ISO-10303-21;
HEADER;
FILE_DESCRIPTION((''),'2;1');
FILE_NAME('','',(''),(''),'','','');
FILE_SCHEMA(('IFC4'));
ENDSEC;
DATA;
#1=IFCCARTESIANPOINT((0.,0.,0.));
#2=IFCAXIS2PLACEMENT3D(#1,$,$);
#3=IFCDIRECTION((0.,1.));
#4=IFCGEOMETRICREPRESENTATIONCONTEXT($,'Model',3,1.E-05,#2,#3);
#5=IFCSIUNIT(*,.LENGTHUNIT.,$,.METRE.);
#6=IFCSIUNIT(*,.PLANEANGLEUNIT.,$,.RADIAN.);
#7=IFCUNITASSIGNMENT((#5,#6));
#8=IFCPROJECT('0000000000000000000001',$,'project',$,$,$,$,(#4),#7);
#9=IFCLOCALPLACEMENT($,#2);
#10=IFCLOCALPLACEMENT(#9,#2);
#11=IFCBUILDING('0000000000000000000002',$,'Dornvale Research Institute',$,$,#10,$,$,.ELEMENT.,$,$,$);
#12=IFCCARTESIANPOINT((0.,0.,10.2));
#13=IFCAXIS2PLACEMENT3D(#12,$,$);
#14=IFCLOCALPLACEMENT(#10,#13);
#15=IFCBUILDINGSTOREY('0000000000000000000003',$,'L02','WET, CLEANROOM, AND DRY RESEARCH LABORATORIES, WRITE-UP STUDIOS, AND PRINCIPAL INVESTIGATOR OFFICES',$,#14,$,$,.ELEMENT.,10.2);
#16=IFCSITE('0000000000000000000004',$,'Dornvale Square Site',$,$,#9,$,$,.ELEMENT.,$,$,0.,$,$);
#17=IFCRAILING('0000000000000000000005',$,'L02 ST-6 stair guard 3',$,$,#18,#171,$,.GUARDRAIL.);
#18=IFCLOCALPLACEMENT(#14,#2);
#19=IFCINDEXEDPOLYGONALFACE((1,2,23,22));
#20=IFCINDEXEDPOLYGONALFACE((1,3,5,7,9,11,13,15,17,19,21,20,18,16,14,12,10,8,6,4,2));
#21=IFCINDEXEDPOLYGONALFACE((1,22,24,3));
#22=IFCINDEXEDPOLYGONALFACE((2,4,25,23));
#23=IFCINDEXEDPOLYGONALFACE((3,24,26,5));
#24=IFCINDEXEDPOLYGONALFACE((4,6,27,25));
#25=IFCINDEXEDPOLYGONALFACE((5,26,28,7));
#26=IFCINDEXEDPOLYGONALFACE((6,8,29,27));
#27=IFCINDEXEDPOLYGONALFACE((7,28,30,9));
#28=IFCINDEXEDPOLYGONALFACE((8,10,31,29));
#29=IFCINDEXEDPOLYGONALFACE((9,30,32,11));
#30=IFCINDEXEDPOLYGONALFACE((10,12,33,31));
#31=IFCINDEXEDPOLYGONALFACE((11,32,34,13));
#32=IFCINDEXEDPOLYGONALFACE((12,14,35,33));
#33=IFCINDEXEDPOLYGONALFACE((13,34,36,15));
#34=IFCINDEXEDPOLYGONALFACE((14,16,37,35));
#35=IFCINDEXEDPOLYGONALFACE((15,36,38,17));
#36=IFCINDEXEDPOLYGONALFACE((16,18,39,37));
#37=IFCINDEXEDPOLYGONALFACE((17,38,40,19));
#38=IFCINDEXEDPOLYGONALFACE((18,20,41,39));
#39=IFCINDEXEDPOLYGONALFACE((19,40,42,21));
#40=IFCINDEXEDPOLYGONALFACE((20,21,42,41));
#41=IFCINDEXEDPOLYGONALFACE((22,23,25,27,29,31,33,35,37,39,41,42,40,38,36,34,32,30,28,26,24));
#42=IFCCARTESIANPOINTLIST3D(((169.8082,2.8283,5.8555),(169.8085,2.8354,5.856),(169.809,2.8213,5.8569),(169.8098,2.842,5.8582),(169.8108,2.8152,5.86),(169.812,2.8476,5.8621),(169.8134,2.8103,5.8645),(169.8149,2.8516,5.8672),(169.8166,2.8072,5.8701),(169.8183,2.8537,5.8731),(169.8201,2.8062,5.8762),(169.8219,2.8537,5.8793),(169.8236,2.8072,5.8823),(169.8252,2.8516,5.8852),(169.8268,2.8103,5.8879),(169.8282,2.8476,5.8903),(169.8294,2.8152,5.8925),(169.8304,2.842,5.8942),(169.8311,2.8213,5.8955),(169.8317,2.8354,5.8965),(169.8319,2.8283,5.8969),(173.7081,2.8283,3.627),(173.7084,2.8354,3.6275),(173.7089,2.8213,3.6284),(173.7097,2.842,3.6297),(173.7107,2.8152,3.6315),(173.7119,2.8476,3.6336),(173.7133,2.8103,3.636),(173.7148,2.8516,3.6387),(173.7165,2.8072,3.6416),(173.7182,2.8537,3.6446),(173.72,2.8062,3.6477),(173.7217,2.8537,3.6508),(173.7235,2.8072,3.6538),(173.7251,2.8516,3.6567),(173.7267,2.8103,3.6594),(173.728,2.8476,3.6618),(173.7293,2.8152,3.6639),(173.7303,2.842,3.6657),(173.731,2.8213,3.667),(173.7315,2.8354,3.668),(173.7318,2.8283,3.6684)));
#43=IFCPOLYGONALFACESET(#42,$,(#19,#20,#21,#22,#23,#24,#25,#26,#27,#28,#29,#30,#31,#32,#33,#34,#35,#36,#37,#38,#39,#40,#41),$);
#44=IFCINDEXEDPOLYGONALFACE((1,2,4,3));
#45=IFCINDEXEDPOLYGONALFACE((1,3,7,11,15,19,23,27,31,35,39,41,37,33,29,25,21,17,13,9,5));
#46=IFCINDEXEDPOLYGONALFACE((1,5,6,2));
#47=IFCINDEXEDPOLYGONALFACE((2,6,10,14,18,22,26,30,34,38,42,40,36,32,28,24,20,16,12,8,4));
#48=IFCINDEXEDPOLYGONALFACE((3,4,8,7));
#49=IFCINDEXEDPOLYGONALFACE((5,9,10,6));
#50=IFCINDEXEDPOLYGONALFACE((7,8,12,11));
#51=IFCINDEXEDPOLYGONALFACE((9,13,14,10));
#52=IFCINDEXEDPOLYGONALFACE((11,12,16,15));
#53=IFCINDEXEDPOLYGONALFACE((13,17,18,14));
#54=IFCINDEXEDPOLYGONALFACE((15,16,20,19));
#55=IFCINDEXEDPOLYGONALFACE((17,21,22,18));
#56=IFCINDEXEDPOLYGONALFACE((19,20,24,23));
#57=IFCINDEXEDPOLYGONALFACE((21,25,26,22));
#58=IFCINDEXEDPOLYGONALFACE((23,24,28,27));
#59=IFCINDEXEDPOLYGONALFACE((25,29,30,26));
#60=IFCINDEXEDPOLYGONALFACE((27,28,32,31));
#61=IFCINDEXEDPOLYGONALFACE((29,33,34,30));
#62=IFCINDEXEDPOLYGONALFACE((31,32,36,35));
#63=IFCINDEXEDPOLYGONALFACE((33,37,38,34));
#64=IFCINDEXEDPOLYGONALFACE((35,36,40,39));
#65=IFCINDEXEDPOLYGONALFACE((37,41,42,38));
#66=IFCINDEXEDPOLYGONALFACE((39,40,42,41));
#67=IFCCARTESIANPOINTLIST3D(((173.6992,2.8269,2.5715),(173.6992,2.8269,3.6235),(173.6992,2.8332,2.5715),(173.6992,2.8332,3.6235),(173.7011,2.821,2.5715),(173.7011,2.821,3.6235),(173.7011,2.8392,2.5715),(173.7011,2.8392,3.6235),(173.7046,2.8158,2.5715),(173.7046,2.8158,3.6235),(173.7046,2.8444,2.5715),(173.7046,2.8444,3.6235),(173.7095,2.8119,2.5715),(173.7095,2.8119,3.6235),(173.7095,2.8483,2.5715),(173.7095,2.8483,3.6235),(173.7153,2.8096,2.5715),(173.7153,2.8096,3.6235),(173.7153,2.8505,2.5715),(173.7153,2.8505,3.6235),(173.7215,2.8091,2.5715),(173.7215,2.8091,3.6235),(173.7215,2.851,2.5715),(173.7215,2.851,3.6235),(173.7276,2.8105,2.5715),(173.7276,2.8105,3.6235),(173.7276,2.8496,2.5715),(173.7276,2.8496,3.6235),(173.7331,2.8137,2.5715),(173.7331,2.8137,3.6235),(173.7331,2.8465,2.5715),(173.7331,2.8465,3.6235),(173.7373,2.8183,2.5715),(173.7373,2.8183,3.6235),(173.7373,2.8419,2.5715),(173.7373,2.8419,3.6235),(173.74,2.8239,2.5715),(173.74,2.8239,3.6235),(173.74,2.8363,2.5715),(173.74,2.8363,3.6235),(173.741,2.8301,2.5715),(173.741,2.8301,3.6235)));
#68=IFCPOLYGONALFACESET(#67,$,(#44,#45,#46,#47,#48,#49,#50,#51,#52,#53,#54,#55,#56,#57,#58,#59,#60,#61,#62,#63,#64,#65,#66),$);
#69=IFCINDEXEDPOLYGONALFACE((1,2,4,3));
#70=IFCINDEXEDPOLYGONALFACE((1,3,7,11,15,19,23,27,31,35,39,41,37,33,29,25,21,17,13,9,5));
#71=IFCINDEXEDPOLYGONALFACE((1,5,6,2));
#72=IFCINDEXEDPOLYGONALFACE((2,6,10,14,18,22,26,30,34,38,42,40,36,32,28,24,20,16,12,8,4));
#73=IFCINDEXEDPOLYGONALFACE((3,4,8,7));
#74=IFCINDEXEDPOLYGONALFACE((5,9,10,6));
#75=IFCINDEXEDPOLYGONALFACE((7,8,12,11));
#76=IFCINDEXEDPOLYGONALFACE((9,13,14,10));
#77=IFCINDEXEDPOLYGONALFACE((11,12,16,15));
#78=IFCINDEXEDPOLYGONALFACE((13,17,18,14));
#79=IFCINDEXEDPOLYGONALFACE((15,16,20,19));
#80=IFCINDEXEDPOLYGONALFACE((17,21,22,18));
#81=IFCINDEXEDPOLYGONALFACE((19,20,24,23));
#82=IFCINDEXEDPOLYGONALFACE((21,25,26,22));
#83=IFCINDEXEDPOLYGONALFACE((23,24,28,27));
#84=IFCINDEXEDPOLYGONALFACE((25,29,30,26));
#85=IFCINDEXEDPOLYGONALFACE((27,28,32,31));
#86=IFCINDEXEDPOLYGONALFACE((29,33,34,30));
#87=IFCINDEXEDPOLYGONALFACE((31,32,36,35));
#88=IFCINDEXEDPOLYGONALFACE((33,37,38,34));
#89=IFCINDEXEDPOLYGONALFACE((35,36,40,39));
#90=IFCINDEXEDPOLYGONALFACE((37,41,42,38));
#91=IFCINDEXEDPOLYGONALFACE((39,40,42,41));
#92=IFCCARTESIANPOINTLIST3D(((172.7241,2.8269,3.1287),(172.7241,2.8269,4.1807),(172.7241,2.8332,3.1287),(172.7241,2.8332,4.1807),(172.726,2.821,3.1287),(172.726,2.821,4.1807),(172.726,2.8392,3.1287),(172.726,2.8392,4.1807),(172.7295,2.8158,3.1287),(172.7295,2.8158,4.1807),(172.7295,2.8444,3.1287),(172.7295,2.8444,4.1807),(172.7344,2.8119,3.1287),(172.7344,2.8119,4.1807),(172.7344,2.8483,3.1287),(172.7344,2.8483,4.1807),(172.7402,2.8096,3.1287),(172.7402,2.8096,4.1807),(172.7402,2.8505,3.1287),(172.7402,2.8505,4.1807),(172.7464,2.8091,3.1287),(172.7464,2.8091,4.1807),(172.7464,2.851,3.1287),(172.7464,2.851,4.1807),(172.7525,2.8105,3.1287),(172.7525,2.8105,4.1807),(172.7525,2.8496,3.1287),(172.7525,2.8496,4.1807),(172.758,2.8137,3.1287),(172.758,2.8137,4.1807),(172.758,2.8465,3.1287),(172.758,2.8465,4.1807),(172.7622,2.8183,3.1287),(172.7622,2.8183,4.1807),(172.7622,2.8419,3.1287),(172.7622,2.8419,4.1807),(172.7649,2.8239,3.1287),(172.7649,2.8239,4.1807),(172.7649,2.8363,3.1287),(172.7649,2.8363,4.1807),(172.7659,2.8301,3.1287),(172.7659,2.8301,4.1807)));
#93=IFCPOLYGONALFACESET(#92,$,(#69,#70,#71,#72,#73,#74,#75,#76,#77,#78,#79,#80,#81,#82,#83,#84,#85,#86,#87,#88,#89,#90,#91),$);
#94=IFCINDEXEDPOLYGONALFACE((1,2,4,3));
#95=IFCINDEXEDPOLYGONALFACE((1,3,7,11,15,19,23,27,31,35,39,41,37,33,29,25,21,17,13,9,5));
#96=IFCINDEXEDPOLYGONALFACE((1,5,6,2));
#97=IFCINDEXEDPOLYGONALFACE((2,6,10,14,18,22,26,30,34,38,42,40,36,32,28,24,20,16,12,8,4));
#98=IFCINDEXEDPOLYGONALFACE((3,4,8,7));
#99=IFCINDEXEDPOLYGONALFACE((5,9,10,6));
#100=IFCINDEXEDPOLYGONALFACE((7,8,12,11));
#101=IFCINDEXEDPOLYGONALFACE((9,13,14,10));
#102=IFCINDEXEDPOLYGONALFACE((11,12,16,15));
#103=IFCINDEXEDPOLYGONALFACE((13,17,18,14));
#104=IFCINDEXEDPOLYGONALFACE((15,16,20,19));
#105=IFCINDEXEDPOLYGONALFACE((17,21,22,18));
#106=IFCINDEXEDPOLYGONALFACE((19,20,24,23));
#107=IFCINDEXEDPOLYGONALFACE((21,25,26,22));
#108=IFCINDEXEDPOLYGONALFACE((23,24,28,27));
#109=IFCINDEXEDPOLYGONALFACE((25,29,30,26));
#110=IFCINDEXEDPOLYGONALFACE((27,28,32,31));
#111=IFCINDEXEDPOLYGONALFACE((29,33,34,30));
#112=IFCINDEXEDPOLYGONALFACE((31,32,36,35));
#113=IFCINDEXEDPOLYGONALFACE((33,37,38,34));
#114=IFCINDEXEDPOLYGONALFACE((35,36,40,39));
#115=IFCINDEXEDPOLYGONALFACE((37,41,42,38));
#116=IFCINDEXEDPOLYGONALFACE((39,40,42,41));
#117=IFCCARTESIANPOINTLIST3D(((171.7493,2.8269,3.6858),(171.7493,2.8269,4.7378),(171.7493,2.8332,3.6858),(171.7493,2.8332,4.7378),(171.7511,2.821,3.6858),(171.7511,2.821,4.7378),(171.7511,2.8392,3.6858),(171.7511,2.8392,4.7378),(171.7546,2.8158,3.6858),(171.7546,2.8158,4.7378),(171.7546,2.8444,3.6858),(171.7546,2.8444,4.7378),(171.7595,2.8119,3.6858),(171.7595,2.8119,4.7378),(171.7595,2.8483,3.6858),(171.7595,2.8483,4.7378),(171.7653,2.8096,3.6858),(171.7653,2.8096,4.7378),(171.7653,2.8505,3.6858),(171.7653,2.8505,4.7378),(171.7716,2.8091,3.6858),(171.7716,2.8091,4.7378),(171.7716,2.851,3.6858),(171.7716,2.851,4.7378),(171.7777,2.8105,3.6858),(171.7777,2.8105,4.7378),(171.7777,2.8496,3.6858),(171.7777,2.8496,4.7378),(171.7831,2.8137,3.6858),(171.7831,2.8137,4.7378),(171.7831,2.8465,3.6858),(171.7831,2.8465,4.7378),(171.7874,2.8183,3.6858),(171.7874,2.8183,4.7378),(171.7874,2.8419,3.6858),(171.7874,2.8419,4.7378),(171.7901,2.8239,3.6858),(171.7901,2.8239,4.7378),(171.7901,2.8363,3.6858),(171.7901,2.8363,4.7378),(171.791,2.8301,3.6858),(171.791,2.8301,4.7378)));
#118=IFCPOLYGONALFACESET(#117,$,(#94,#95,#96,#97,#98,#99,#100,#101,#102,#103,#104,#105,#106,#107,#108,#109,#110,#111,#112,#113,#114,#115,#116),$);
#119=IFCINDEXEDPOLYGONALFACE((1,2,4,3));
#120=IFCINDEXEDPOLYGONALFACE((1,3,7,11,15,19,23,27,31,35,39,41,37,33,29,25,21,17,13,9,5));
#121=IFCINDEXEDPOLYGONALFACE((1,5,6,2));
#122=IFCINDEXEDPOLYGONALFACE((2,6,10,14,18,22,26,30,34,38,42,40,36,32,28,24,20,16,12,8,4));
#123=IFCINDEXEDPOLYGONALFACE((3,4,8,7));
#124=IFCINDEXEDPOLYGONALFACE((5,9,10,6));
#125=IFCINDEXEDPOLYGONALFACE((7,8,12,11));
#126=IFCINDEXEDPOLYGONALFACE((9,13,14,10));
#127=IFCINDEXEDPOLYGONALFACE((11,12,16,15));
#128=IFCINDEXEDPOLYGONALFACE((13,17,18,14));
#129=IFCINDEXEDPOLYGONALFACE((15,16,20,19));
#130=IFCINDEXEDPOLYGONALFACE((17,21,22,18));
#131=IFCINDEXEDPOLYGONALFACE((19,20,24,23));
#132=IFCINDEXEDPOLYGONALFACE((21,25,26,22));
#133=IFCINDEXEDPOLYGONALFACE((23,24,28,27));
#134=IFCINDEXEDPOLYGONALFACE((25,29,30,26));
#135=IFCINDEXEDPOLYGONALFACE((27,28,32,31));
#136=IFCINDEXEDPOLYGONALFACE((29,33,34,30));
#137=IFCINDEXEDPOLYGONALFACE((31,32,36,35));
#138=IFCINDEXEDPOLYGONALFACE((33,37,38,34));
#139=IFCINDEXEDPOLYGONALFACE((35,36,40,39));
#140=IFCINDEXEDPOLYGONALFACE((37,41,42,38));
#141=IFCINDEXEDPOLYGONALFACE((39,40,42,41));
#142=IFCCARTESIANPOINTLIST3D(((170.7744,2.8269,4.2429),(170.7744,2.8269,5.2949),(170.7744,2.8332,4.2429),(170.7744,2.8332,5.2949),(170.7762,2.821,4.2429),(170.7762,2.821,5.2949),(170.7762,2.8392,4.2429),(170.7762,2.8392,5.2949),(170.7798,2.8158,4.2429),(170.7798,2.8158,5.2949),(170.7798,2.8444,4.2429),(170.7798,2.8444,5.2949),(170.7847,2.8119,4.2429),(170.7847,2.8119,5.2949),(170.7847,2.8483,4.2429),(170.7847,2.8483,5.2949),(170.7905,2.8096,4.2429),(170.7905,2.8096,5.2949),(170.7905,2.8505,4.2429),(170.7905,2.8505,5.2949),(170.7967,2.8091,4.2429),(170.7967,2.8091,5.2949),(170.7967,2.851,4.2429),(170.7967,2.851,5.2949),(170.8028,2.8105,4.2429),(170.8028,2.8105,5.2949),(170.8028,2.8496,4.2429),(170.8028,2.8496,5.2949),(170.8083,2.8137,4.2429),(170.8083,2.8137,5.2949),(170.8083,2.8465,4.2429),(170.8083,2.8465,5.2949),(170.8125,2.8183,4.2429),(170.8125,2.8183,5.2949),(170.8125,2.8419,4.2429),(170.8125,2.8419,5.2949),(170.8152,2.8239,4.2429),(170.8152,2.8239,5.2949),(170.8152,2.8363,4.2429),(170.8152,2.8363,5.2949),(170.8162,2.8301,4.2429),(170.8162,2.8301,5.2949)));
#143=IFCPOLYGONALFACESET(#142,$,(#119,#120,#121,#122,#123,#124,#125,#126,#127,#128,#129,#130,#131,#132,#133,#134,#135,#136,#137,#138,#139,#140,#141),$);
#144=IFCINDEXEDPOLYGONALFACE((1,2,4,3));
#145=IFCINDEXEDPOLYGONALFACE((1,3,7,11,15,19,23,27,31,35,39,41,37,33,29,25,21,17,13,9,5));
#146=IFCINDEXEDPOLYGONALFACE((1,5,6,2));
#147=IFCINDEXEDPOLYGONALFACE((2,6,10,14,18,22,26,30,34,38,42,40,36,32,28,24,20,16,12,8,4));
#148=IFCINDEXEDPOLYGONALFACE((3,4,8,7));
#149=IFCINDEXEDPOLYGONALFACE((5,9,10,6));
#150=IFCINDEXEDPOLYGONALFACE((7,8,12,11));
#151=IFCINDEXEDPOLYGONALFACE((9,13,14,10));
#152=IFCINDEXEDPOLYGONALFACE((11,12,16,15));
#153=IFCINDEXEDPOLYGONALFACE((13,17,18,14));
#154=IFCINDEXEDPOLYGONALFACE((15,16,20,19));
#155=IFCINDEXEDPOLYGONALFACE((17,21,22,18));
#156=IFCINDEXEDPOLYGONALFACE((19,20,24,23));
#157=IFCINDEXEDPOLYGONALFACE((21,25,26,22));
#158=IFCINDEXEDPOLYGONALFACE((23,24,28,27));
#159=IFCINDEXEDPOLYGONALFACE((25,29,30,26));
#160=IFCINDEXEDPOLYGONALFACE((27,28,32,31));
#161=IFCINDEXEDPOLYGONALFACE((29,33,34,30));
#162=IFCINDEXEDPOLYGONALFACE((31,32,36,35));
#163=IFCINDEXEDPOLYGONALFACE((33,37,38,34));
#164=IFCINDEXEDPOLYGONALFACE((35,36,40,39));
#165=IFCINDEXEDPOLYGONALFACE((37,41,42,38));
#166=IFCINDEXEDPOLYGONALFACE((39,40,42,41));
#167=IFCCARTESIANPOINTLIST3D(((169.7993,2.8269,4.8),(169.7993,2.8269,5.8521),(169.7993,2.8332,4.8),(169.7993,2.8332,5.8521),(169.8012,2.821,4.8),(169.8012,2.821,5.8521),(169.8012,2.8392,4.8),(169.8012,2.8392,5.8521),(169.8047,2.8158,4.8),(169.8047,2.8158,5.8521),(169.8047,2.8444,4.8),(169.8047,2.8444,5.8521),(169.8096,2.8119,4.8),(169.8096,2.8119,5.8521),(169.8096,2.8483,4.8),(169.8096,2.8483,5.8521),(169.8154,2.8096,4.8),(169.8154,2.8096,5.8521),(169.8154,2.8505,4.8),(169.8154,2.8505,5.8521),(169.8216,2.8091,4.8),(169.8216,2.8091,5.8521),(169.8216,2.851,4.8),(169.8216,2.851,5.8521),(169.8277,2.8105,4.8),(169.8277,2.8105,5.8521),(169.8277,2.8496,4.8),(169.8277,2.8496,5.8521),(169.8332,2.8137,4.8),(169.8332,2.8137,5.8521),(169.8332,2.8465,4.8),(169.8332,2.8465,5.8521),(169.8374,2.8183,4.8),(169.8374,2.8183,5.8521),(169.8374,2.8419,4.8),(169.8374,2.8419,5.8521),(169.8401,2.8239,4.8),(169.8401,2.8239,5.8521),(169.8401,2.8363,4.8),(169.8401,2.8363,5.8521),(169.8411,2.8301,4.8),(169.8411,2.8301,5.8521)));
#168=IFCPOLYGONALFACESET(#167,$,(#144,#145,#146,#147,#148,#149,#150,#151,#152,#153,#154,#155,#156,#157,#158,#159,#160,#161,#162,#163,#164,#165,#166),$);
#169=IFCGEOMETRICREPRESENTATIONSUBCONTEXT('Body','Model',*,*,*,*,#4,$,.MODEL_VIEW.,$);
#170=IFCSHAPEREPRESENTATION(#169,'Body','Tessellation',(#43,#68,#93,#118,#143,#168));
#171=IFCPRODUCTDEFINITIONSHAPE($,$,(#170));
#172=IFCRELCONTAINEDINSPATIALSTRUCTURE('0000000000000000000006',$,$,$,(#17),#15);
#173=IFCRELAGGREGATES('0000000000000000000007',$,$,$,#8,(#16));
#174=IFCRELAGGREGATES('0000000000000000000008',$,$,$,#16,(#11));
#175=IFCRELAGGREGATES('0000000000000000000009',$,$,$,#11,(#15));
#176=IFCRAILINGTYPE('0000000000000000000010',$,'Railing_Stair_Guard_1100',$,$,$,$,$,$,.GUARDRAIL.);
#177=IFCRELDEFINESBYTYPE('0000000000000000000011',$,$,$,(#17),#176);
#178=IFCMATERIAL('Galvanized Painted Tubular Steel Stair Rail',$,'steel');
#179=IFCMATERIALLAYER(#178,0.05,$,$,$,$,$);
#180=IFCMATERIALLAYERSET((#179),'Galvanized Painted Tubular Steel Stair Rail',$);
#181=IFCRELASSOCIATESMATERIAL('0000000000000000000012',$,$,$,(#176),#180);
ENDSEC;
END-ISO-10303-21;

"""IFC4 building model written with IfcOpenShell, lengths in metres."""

from ifc_helpers import new_model, si_unit, direction, frame, origin, origin_2d, place, context, subcontext, project, spatial, circle, extrude, material, layer, layer_set, type_object, element, save


model = new_model("IFC4")

# Units and contexts
model_context = context("Model", 3, precision=1e-05, world=origin(), true_north=direction((0.0, 1.0)))
body_context = subcontext(model_context, "Body", "Model", "MODEL_VIEW")
ifc_project = project(units=[si_unit("LENGTHUNIT", "METRE"), si_unit("PLANEANGLEUNIT", "RADIAN")], contexts=[model_context])

# Site, building, storey
site_placement = place(None, origin())
site = spatial("IfcSite", under=ifc_project, at=site_placement, Name="Dornvale Square Site", CompositionType="ELEMENT", RefElevation=0.0)
building_placement = place(site_placement, origin())
building = spatial("IfcBuilding", under=site, at=building_placement, Name="Dornvale Research Institute", CompositionType="ELEMENT")
storey_placement = place(building_placement, frame((0.0, 0.0, 10.2)))
storey = spatial("IfcBuildingStorey", under=building, at=storey_placement, Name="L02", Description="WET, CLEANROOM, AND DRY RESEARCH LABORATORIES, WRITE-UP STUDIOS, AND PRINCIPAL INVESTIGATOR OFFICES", CompositionType="ELEMENT", Elevation=10.2)

# Railing
ifc_material_1 = material(Name="Galvanized Painted Tubular Steel Stair Rail", Category="steel")
ifc_layer_1 = layer(ifc_material_1, 0.05)
ifc_layer_set_1 = layer_set([ifc_layer_1], Name="Galvanized Painted Tubular Steel Stair Rail")
railing_type_1 = type_object("IfcRailingType", Name="Railing_Stair_Guard_1100", PredefinedType="GUARDRAIL", material=ifc_layer_set_1)
railing_1_placement = place(storey_placement, frame((173.72, 2.8301, 2.5715)))
element("IfcRailing", 1, at=railing_1_placement, inside=storey, type_object=railing_type_1, Name="L02 ST-6 stair guard 3", PredefinedType="GUARDRAIL", context=body_context, shape_type="SweptSolid", body=[
    extrude(circle(Radius=0.0239, at=origin_2d()), frame((0.0, 0.0, 1.0762), z_axis=(-0.868243, 0.0, 0.496139), x_axis=(0.0, -1.0, 0.0)), (0.0, 0.0, 1.0), 4.4917),
    extrude(circle(Radius=0.021, at=origin_2d()), origin(), (0.0, 0.0, 1.0), 1.052),
    extrude(circle(Radius=0.021, at=origin_2d()), frame((-0.9751, 0.0, 0.5571)), (0.0, 0.0, 1.0), 1.052),
    extrude(circle(Radius=0.021, at=origin_2d()), frame((-1.95, 0.0, 1.1143)), (0.0, 0.0, 1.0), 1.052),
    extrude(circle(Radius=0.021, at=origin_2d()), frame((-2.9248, 0.0, 1.6714)), (0.0, 0.0, 1.0), 1.052),
    extrude(circle(Radius=0.021, at=origin_2d()), frame((-3.8999, 0.0, 2.2285)), (0.0, 0.0, 1.0), 1.052),
])

save(model, "model.ifc")
